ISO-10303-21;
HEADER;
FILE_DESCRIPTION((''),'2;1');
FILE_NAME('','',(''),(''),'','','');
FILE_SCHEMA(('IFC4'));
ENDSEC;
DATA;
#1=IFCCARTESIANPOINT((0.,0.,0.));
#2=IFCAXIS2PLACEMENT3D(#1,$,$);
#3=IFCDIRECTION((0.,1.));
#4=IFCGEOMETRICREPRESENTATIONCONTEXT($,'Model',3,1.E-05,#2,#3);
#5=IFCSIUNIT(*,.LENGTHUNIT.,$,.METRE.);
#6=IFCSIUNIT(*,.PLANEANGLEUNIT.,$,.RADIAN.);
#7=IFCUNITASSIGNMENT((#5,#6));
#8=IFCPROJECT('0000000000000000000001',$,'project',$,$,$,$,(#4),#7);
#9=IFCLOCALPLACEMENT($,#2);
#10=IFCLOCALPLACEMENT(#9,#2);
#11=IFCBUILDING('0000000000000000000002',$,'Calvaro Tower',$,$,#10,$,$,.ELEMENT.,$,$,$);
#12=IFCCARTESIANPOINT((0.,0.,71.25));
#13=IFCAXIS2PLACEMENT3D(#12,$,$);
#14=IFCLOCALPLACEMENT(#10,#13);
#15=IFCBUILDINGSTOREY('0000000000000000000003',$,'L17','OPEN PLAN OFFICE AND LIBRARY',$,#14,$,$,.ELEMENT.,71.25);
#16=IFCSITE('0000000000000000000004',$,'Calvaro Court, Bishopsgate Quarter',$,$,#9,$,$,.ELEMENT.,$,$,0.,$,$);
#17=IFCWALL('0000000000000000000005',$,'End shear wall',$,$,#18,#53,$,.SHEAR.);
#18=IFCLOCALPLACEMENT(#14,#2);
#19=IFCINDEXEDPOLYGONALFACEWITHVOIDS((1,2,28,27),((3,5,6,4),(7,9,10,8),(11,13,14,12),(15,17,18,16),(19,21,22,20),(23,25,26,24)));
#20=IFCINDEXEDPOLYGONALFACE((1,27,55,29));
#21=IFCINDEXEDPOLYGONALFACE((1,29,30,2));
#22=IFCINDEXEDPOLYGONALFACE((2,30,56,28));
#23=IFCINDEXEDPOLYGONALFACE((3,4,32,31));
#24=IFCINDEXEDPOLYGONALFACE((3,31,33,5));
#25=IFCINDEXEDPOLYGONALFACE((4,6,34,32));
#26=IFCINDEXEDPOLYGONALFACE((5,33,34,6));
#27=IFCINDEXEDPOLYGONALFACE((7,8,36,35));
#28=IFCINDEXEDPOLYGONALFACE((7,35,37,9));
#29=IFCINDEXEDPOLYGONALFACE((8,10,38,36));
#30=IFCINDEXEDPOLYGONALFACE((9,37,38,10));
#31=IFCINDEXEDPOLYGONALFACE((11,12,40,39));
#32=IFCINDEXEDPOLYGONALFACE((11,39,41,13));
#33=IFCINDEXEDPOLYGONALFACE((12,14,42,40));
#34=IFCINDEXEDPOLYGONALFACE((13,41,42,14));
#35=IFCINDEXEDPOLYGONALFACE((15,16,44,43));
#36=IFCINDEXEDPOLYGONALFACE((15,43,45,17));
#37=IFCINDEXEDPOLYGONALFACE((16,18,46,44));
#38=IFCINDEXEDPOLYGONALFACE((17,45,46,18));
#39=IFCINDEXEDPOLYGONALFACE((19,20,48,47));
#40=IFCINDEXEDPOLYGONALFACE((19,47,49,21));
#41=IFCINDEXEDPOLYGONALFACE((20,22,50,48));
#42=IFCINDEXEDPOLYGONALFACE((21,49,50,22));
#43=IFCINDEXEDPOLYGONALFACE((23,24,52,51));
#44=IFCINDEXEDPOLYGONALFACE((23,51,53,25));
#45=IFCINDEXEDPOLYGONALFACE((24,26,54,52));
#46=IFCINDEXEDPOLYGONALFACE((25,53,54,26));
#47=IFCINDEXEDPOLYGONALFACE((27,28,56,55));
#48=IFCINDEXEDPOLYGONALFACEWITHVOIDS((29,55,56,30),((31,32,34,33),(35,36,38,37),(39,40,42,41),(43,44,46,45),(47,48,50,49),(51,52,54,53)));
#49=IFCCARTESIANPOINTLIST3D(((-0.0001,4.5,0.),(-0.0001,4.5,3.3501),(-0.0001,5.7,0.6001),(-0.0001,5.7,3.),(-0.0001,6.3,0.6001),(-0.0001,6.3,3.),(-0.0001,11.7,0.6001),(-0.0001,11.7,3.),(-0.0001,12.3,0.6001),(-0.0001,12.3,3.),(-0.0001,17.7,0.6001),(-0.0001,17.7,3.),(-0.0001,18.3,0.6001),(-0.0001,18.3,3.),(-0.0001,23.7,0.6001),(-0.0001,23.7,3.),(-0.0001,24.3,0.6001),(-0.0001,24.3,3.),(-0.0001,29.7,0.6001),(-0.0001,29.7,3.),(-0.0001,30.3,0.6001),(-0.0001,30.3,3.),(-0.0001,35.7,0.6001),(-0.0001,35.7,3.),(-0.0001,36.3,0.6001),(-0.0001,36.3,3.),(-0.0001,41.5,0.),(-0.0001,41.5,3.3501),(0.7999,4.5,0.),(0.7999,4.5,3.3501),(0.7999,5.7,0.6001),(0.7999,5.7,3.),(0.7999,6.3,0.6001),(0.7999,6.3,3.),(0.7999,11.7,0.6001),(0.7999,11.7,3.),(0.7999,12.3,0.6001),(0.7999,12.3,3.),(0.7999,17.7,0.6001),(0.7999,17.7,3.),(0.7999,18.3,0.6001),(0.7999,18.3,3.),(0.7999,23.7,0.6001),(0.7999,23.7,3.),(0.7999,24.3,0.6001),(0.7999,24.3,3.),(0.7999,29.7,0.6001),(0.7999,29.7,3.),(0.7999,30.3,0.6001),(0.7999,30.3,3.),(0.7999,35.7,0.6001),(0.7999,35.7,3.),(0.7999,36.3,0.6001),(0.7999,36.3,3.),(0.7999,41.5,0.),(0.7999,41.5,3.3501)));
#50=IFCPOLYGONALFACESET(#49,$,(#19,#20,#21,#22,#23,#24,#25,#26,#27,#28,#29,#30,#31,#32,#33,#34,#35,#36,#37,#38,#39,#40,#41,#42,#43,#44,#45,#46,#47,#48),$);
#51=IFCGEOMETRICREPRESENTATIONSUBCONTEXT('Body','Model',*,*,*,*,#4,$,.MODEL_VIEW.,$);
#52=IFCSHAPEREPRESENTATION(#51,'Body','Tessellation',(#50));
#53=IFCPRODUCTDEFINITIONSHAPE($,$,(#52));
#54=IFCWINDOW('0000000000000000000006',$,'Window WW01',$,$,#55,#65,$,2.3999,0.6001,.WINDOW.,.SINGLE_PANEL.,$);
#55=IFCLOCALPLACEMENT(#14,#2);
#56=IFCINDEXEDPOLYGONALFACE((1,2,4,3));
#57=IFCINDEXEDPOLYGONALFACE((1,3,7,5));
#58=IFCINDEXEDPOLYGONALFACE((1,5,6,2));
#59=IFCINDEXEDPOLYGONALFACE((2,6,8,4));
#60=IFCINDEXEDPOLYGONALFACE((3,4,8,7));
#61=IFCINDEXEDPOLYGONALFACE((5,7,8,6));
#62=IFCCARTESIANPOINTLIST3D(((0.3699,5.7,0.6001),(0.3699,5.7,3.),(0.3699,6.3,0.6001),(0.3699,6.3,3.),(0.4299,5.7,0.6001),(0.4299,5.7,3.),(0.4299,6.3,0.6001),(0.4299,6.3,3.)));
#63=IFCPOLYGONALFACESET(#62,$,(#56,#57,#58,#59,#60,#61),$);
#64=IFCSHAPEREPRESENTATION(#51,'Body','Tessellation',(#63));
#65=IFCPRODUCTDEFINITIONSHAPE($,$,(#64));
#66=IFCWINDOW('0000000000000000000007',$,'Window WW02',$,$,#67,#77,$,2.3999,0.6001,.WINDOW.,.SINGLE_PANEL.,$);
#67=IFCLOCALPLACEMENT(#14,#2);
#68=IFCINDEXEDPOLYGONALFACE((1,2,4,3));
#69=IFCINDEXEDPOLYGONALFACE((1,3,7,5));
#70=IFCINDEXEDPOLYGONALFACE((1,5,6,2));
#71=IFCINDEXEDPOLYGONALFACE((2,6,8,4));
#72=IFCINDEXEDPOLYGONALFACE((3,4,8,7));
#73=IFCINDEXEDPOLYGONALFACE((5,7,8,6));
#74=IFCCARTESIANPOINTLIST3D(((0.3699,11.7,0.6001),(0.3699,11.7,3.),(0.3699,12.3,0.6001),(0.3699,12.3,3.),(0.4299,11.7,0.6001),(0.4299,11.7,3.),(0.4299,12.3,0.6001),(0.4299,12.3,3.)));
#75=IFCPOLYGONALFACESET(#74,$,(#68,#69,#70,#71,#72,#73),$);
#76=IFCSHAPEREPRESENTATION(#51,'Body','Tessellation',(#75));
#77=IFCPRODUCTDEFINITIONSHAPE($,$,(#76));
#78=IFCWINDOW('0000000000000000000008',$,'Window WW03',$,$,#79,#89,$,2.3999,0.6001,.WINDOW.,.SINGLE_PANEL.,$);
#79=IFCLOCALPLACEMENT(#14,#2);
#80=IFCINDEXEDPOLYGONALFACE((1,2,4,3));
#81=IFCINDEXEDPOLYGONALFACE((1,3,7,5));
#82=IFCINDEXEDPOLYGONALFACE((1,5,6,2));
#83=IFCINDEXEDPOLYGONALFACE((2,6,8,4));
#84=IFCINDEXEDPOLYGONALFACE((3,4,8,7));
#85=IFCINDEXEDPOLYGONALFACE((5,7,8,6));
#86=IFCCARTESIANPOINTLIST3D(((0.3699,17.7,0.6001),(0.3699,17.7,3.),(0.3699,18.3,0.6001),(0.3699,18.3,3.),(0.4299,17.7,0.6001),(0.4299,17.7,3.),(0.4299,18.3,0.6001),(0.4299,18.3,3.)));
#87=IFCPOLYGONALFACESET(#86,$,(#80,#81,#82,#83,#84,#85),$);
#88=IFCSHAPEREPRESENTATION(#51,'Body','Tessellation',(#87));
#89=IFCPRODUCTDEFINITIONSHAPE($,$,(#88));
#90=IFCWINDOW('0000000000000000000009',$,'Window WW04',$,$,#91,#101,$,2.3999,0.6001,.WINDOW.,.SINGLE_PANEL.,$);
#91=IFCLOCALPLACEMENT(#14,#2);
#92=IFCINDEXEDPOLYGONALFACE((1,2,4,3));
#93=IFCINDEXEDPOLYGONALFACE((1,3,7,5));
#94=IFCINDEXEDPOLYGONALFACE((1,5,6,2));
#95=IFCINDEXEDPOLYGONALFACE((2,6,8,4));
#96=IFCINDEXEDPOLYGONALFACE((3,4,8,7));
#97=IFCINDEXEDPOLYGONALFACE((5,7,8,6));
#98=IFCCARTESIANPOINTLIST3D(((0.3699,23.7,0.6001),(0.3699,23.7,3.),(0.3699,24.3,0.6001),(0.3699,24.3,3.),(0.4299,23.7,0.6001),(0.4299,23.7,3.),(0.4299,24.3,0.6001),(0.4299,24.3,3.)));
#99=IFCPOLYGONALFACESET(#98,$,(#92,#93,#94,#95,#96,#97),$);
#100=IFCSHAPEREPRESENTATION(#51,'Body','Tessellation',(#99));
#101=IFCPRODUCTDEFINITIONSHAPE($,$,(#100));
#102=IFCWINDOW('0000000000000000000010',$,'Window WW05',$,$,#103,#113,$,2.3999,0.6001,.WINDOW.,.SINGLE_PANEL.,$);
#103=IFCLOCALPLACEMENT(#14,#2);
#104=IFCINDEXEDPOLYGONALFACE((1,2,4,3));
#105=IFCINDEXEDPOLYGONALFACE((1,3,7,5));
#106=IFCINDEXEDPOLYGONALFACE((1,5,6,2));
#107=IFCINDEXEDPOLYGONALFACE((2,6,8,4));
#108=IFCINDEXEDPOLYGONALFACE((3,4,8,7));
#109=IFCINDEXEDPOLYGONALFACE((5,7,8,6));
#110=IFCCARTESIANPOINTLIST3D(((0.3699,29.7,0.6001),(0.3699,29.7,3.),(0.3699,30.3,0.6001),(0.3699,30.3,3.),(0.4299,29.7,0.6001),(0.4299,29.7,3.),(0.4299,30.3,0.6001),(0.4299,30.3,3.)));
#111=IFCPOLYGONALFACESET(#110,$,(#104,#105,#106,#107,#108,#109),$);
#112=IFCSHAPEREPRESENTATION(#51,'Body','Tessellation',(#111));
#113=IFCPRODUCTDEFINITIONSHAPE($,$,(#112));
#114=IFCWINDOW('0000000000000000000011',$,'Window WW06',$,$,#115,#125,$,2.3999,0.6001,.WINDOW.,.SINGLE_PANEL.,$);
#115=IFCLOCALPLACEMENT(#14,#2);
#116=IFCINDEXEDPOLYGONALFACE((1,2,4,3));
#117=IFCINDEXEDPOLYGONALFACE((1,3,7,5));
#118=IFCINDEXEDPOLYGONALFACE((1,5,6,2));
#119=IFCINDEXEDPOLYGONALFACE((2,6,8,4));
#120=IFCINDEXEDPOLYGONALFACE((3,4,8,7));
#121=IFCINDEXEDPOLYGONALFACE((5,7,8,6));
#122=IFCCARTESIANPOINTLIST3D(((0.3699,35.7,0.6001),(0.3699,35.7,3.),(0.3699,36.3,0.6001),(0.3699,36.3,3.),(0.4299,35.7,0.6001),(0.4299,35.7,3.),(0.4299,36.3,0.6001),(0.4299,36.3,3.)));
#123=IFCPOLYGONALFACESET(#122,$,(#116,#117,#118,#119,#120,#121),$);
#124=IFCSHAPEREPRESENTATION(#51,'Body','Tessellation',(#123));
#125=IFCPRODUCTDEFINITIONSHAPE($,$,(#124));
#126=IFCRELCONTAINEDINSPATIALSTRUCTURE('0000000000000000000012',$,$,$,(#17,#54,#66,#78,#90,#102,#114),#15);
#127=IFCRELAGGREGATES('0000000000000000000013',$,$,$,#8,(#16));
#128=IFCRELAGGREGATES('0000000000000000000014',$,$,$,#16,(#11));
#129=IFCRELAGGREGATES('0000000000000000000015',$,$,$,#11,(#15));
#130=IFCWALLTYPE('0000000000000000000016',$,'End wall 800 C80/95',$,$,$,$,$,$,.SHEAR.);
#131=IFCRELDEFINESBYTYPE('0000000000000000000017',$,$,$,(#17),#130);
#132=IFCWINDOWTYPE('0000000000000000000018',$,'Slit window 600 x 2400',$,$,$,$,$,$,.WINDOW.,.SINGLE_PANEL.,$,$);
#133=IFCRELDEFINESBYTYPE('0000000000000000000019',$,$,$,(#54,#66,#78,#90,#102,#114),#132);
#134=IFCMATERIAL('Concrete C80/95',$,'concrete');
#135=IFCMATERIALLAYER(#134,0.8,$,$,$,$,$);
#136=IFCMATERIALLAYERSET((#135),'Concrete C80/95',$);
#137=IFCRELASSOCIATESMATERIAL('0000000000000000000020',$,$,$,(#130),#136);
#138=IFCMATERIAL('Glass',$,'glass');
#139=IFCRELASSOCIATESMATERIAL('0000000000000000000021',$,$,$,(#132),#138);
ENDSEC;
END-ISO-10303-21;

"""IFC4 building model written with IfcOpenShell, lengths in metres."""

from ifc_helpers import new_model, si_unit, direction, frame, frame_2d, origin, place, context, subcontext, project, spatial, rectangle, extrude, material, layer, layer_set, type_object, element, fill, save


model = new_model("IFC4")

# Units and contexts
model_context = context("Model", 3, precision=1e-05, world=origin(), true_north=direction((0.0, 1.0)))
body_context = subcontext(model_context, "Body", "Model", "MODEL_VIEW")
ifc_project = project(units=[si_unit("LENGTHUNIT", "METRE"), si_unit("PLANEANGLEUNIT", "RADIAN")], contexts=[model_context])

# Site, building, storey
site_placement = place(None, origin())
site = spatial("IfcSite", under=ifc_project, at=site_placement, Name="Calvaro Court, Bishopsgate Quarter", CompositionType="ELEMENT", RefElevation=0.0)
building_placement = place(site_placement, origin())
building = spatial("IfcBuilding", under=site, at=building_placement, Name="Calvaro Tower", CompositionType="ELEMENT")
storey_placement = place(building_placement, frame((0.0, 0.0, 71.25)))
storey = spatial("IfcBuildingStorey", under=building, at=storey_placement, Name="L17", Description="OPEN PLAN OFFICE AND LIBRARY", CompositionType="ELEMENT", Elevation=71.25)

# Wall, openings, windows
ifc_material_1 = material(Name="Concrete C80/95", Category="concrete")
ifc_layer_1 = layer(ifc_material_1, 0.8)
ifc_layer_set_1 = layer_set([ifc_layer_1], Name="Concrete C80/95")
wall_type_1 = type_object("IfcWallType", Name="End wall 800 C80/95", PredefinedType="SHEAR", material=ifc_layer_set_1)
wall_1_placement = place(storey_placement, frame((0.3999, 4.5, 0.0), z_axis=(0.0, 0.0, 1.0), x_axis=(0.0, 1.0, 0.0)))
wall_1 = element("IfcWall", 1, at=wall_1_placement, inside=storey, type_object=wall_type_1, Name="End shear wall", PredefinedType="SHEAR", context=body_context, shape_type="SweptSolid", body=[
    extrude(rectangle(XDim=37.0, YDim=0.8, at=frame_2d((18.5, 0.0))), origin(), (0.0, 0.0, 1.0), 3.3501),
])
opening_1_placement = place(wall_1_placement, frame((1.2, 0.0, 0.6001)))
opening_1 = element("IfcOpeningElement", 2, at=opening_1_placement, cuts=wall_1, PredefinedType="OPENING", context=body_context, shape_type="SweptSolid", body=[
    extrude(rectangle(XDim=0.6001, YDim=2.3999, at=frame_2d((0.3, 1.2))), frame((0.0, 0.4099, 0.0), z_axis=(0.0, -1.0, 0.0), x_axis=(1.0, 0.0, 0.0)), (0.0, 0.0, 1.0), 0.8201),
])
opening_2_placement = place(wall_1_placement, frame((7.2, 0.0, 0.6001)))
opening_2 = element("IfcOpeningElement", 3, at=opening_2_placement, cuts=wall_1, PredefinedType="OPENING", context=body_context, shape_type="SweptSolid", body=[
    extrude(rectangle(XDim=0.6001, YDim=2.3999, at=frame_2d((0.3, 1.2))), frame((0.0, 0.4099, 0.0), z_axis=(0.0, -1.0, 0.0), x_axis=(1.0, 0.0, 0.0)), (0.0, 0.0, 1.0), 0.8201),
])
opening_3_placement = place(wall_1_placement, frame((13.2, 0.0, 0.6001)))
opening_3 = element("IfcOpeningElement", 4, at=opening_3_placement, cuts=wall_1, PredefinedType="OPENING", context=body_context, shape_type="SweptSolid", body=[
    extrude(rectangle(XDim=0.6001, YDim=2.3999, at=frame_2d((0.3, 1.2))), frame((0.0, 0.4099, 0.0), z_axis=(0.0, -1.0, 0.0), x_axis=(1.0, 0.0, 0.0)), (0.0, 0.0, 1.0), 0.8201),
])
opening_4_placement = place(wall_1_placement, frame((19.2, 0.0, 0.6001)))
opening_4 = element("IfcOpeningElement", 5, at=opening_4_placement, cuts=wall_1, PredefinedType="OPENING", context=body_context, shape_type="SweptSolid", body=[
    extrude(rectangle(XDim=0.6001, YDim=2.3999, at=frame_2d((0.3, 1.2))), frame((0.0, 0.4099, 0.0), z_axis=(0.0, -1.0, 0.0), x_axis=(1.0, 0.0, 0.0)), (0.0, 0.0, 1.0), 0.8201),
])
opening_5_placement = place(wall_1_placement, frame((25.2, 0.0, 0.6001)))
opening_5 = element("IfcOpeningElement", 6, at=opening_5_placement, cuts=wall_1, PredefinedType="OPENING", context=body_context, shape_type="SweptSolid", body=[
    extrude(rectangle(XDim=0.6001, YDim=2.3999, at=frame_2d((0.3, 1.2))), frame((0.0, 0.4099, 0.0), z_axis=(0.0, -1.0, 0.0), x_axis=(1.0, 0.0, 0.0)), (0.0, 0.0, 1.0), 0.8201),
])
opening_6_placement = place(wall_1_placement, frame((31.2, 0.0, 0.6001)))
opening_6 = element("IfcOpeningElement", 7, at=opening_6_placement, cuts=wall_1, PredefinedType="OPENING", context=body_context, shape_type="SweptSolid", body=[
    extrude(rectangle(XDim=0.6001, YDim=2.3999, at=frame_2d((0.3, 1.2))), frame((0.0, 0.4099, 0.0), z_axis=(0.0, -1.0, 0.0), x_axis=(1.0, 0.0, 0.0)), (0.0, 0.0, 1.0), 0.8201),
])
ifc_material_2 = material(Name="Glass", Category="glass")
window_type = type_object("IfcWindowType", Name="Slit window 600 x 2400", PartitioningType="SINGLE_PANEL", PredefinedType="WINDOW", material=ifc_material_2)
window_1_placement = place(opening_1_placement, origin())
window_1 = element("IfcWindow", 8, at=window_1_placement, inside=storey, type_object=window_type, Name="Window WW01", OverallHeight=2.3999, OverallWidth=0.6001, PartitioningType="SINGLE_PANEL", PredefinedType="WINDOW", context=body_context, shape_type="SweptSolid", body=[
    extrude(rectangle(XDim=0.6001, YDim=2.3999, at=frame_2d((0.3, 1.2))), frame((0.0, 0.03, 0.0), z_axis=(0.0, -1.0, 0.0), x_axis=(1.0, 0.0, 0.0)), (0.0, 0.0, 1.0), 0.0601),
])
fill(opening_1, window_1)
window_2_placement = place(opening_2_placement, origin())
window_2 = element("IfcWindow", 9, at=window_2_placement, inside=storey, type_object=window_type, Name="Window WW02", OverallHeight=2.3999, OverallWidth=0.6001, PartitioningType="SINGLE_PANEL", PredefinedType="WINDOW", context=body_context, shape_type="SweptSolid", body=[
    extrude(rectangle(XDim=0.6001, YDim=2.3999, at=frame_2d((0.3, 1.2))), frame((0.0, 0.03, 0.0), z_axis=(0.0, -1.0, 0.0), x_axis=(1.0, 0.0, 0.0)), (0.0, 0.0, 1.0), 0.0601),
])
fill(opening_2, window_2)
window_3_placement = place(opening_3_placement, origin())
window_3 = element("IfcWindow", 10, at=window_3_placement, inside=storey, type_object=window_type, Name="Window WW03", OverallHeight=2.3999, OverallWidth=0.6001, PartitioningType="SINGLE_PANEL", PredefinedType="WINDOW", context=body_context, shape_type="SweptSolid", body=[
    extrude(rectangle(XDim=0.6001, YDim=2.3999, at=frame_2d((0.3, 1.2))), frame((0.0, 0.03, 0.0), z_axis=(0.0, -1.0, 0.0), x_axis=(1.0, 0.0, 0.0)), (0.0, 0.0, 1.0), 0.0601),
])
fill(opening_3, window_3)
window_4_placement = place(opening_4_placement, origin())
window_4 = element("IfcWindow", 11, at=window_4_placement, inside=storey, type_object=window_type, Name="Window WW04", OverallHeight=2.3999, OverallWidth=0.6001, PartitioningType="SINGLE_PANEL", PredefinedType="WINDOW", context=body_context, shape_type="SweptSolid", body=[
    extrude(rectangle(XDim=0.6001, YDim=2.3999, at=frame_2d((0.3, 1.2))), frame((0.0, 0.03, 0.0), z_axis=(0.0, -1.0, 0.0), x_axis=(1.0, 0.0, 0.0)), (0.0, 0.0, 1.0), 0.0601),
])
fill(opening_4, window_4)
window_5_placement = place(opening_5_placement, origin())
window_5 = element("IfcWindow", 12, at=window_5_placement, inside=storey, type_object=window_type, Name="Window WW05", OverallHeight=2.3999, OverallWidth=0.6001, PartitioningType="SINGLE_PANEL", PredefinedType="WINDOW", context=body_context, shape_type="SweptSolid", body=[
    extrude(rectangle(XDim=0.6001, YDim=2.3999, at=frame_2d((0.3, 1.2))), frame((0.0, 0.03, 0.0), z_axis=(0.0, -1.0, 0.0), x_axis=(1.0, 0.0, 0.0)), (0.0, 0.0, 1.0), 0.0601),
])
fill(opening_5, window_5)
window_6_placement = place(opening_6_placement, origin())
window_6 = element("IfcWindow", 13, at=window_6_placement, inside=storey, type_object=window_type, Name="Window WW06", OverallHeight=2.3999, OverallWidth=0.6001, PartitioningType="SINGLE_PANEL", PredefinedType="WINDOW", context=body_context, shape_type="SweptSolid", body=[
    extrude(rectangle(XDim=0.6001, YDim=2.3999, at=frame_2d((0.3, 1.2))), frame((0.0, 0.03, 0.0), z_axis=(0.0, -1.0, 0.0), x_axis=(1.0, 0.0, 0.0)), (0.0, 0.0, 1.0), 0.0601),
])
fill(opening_6, window_6)

save(model, "model.ifc")
